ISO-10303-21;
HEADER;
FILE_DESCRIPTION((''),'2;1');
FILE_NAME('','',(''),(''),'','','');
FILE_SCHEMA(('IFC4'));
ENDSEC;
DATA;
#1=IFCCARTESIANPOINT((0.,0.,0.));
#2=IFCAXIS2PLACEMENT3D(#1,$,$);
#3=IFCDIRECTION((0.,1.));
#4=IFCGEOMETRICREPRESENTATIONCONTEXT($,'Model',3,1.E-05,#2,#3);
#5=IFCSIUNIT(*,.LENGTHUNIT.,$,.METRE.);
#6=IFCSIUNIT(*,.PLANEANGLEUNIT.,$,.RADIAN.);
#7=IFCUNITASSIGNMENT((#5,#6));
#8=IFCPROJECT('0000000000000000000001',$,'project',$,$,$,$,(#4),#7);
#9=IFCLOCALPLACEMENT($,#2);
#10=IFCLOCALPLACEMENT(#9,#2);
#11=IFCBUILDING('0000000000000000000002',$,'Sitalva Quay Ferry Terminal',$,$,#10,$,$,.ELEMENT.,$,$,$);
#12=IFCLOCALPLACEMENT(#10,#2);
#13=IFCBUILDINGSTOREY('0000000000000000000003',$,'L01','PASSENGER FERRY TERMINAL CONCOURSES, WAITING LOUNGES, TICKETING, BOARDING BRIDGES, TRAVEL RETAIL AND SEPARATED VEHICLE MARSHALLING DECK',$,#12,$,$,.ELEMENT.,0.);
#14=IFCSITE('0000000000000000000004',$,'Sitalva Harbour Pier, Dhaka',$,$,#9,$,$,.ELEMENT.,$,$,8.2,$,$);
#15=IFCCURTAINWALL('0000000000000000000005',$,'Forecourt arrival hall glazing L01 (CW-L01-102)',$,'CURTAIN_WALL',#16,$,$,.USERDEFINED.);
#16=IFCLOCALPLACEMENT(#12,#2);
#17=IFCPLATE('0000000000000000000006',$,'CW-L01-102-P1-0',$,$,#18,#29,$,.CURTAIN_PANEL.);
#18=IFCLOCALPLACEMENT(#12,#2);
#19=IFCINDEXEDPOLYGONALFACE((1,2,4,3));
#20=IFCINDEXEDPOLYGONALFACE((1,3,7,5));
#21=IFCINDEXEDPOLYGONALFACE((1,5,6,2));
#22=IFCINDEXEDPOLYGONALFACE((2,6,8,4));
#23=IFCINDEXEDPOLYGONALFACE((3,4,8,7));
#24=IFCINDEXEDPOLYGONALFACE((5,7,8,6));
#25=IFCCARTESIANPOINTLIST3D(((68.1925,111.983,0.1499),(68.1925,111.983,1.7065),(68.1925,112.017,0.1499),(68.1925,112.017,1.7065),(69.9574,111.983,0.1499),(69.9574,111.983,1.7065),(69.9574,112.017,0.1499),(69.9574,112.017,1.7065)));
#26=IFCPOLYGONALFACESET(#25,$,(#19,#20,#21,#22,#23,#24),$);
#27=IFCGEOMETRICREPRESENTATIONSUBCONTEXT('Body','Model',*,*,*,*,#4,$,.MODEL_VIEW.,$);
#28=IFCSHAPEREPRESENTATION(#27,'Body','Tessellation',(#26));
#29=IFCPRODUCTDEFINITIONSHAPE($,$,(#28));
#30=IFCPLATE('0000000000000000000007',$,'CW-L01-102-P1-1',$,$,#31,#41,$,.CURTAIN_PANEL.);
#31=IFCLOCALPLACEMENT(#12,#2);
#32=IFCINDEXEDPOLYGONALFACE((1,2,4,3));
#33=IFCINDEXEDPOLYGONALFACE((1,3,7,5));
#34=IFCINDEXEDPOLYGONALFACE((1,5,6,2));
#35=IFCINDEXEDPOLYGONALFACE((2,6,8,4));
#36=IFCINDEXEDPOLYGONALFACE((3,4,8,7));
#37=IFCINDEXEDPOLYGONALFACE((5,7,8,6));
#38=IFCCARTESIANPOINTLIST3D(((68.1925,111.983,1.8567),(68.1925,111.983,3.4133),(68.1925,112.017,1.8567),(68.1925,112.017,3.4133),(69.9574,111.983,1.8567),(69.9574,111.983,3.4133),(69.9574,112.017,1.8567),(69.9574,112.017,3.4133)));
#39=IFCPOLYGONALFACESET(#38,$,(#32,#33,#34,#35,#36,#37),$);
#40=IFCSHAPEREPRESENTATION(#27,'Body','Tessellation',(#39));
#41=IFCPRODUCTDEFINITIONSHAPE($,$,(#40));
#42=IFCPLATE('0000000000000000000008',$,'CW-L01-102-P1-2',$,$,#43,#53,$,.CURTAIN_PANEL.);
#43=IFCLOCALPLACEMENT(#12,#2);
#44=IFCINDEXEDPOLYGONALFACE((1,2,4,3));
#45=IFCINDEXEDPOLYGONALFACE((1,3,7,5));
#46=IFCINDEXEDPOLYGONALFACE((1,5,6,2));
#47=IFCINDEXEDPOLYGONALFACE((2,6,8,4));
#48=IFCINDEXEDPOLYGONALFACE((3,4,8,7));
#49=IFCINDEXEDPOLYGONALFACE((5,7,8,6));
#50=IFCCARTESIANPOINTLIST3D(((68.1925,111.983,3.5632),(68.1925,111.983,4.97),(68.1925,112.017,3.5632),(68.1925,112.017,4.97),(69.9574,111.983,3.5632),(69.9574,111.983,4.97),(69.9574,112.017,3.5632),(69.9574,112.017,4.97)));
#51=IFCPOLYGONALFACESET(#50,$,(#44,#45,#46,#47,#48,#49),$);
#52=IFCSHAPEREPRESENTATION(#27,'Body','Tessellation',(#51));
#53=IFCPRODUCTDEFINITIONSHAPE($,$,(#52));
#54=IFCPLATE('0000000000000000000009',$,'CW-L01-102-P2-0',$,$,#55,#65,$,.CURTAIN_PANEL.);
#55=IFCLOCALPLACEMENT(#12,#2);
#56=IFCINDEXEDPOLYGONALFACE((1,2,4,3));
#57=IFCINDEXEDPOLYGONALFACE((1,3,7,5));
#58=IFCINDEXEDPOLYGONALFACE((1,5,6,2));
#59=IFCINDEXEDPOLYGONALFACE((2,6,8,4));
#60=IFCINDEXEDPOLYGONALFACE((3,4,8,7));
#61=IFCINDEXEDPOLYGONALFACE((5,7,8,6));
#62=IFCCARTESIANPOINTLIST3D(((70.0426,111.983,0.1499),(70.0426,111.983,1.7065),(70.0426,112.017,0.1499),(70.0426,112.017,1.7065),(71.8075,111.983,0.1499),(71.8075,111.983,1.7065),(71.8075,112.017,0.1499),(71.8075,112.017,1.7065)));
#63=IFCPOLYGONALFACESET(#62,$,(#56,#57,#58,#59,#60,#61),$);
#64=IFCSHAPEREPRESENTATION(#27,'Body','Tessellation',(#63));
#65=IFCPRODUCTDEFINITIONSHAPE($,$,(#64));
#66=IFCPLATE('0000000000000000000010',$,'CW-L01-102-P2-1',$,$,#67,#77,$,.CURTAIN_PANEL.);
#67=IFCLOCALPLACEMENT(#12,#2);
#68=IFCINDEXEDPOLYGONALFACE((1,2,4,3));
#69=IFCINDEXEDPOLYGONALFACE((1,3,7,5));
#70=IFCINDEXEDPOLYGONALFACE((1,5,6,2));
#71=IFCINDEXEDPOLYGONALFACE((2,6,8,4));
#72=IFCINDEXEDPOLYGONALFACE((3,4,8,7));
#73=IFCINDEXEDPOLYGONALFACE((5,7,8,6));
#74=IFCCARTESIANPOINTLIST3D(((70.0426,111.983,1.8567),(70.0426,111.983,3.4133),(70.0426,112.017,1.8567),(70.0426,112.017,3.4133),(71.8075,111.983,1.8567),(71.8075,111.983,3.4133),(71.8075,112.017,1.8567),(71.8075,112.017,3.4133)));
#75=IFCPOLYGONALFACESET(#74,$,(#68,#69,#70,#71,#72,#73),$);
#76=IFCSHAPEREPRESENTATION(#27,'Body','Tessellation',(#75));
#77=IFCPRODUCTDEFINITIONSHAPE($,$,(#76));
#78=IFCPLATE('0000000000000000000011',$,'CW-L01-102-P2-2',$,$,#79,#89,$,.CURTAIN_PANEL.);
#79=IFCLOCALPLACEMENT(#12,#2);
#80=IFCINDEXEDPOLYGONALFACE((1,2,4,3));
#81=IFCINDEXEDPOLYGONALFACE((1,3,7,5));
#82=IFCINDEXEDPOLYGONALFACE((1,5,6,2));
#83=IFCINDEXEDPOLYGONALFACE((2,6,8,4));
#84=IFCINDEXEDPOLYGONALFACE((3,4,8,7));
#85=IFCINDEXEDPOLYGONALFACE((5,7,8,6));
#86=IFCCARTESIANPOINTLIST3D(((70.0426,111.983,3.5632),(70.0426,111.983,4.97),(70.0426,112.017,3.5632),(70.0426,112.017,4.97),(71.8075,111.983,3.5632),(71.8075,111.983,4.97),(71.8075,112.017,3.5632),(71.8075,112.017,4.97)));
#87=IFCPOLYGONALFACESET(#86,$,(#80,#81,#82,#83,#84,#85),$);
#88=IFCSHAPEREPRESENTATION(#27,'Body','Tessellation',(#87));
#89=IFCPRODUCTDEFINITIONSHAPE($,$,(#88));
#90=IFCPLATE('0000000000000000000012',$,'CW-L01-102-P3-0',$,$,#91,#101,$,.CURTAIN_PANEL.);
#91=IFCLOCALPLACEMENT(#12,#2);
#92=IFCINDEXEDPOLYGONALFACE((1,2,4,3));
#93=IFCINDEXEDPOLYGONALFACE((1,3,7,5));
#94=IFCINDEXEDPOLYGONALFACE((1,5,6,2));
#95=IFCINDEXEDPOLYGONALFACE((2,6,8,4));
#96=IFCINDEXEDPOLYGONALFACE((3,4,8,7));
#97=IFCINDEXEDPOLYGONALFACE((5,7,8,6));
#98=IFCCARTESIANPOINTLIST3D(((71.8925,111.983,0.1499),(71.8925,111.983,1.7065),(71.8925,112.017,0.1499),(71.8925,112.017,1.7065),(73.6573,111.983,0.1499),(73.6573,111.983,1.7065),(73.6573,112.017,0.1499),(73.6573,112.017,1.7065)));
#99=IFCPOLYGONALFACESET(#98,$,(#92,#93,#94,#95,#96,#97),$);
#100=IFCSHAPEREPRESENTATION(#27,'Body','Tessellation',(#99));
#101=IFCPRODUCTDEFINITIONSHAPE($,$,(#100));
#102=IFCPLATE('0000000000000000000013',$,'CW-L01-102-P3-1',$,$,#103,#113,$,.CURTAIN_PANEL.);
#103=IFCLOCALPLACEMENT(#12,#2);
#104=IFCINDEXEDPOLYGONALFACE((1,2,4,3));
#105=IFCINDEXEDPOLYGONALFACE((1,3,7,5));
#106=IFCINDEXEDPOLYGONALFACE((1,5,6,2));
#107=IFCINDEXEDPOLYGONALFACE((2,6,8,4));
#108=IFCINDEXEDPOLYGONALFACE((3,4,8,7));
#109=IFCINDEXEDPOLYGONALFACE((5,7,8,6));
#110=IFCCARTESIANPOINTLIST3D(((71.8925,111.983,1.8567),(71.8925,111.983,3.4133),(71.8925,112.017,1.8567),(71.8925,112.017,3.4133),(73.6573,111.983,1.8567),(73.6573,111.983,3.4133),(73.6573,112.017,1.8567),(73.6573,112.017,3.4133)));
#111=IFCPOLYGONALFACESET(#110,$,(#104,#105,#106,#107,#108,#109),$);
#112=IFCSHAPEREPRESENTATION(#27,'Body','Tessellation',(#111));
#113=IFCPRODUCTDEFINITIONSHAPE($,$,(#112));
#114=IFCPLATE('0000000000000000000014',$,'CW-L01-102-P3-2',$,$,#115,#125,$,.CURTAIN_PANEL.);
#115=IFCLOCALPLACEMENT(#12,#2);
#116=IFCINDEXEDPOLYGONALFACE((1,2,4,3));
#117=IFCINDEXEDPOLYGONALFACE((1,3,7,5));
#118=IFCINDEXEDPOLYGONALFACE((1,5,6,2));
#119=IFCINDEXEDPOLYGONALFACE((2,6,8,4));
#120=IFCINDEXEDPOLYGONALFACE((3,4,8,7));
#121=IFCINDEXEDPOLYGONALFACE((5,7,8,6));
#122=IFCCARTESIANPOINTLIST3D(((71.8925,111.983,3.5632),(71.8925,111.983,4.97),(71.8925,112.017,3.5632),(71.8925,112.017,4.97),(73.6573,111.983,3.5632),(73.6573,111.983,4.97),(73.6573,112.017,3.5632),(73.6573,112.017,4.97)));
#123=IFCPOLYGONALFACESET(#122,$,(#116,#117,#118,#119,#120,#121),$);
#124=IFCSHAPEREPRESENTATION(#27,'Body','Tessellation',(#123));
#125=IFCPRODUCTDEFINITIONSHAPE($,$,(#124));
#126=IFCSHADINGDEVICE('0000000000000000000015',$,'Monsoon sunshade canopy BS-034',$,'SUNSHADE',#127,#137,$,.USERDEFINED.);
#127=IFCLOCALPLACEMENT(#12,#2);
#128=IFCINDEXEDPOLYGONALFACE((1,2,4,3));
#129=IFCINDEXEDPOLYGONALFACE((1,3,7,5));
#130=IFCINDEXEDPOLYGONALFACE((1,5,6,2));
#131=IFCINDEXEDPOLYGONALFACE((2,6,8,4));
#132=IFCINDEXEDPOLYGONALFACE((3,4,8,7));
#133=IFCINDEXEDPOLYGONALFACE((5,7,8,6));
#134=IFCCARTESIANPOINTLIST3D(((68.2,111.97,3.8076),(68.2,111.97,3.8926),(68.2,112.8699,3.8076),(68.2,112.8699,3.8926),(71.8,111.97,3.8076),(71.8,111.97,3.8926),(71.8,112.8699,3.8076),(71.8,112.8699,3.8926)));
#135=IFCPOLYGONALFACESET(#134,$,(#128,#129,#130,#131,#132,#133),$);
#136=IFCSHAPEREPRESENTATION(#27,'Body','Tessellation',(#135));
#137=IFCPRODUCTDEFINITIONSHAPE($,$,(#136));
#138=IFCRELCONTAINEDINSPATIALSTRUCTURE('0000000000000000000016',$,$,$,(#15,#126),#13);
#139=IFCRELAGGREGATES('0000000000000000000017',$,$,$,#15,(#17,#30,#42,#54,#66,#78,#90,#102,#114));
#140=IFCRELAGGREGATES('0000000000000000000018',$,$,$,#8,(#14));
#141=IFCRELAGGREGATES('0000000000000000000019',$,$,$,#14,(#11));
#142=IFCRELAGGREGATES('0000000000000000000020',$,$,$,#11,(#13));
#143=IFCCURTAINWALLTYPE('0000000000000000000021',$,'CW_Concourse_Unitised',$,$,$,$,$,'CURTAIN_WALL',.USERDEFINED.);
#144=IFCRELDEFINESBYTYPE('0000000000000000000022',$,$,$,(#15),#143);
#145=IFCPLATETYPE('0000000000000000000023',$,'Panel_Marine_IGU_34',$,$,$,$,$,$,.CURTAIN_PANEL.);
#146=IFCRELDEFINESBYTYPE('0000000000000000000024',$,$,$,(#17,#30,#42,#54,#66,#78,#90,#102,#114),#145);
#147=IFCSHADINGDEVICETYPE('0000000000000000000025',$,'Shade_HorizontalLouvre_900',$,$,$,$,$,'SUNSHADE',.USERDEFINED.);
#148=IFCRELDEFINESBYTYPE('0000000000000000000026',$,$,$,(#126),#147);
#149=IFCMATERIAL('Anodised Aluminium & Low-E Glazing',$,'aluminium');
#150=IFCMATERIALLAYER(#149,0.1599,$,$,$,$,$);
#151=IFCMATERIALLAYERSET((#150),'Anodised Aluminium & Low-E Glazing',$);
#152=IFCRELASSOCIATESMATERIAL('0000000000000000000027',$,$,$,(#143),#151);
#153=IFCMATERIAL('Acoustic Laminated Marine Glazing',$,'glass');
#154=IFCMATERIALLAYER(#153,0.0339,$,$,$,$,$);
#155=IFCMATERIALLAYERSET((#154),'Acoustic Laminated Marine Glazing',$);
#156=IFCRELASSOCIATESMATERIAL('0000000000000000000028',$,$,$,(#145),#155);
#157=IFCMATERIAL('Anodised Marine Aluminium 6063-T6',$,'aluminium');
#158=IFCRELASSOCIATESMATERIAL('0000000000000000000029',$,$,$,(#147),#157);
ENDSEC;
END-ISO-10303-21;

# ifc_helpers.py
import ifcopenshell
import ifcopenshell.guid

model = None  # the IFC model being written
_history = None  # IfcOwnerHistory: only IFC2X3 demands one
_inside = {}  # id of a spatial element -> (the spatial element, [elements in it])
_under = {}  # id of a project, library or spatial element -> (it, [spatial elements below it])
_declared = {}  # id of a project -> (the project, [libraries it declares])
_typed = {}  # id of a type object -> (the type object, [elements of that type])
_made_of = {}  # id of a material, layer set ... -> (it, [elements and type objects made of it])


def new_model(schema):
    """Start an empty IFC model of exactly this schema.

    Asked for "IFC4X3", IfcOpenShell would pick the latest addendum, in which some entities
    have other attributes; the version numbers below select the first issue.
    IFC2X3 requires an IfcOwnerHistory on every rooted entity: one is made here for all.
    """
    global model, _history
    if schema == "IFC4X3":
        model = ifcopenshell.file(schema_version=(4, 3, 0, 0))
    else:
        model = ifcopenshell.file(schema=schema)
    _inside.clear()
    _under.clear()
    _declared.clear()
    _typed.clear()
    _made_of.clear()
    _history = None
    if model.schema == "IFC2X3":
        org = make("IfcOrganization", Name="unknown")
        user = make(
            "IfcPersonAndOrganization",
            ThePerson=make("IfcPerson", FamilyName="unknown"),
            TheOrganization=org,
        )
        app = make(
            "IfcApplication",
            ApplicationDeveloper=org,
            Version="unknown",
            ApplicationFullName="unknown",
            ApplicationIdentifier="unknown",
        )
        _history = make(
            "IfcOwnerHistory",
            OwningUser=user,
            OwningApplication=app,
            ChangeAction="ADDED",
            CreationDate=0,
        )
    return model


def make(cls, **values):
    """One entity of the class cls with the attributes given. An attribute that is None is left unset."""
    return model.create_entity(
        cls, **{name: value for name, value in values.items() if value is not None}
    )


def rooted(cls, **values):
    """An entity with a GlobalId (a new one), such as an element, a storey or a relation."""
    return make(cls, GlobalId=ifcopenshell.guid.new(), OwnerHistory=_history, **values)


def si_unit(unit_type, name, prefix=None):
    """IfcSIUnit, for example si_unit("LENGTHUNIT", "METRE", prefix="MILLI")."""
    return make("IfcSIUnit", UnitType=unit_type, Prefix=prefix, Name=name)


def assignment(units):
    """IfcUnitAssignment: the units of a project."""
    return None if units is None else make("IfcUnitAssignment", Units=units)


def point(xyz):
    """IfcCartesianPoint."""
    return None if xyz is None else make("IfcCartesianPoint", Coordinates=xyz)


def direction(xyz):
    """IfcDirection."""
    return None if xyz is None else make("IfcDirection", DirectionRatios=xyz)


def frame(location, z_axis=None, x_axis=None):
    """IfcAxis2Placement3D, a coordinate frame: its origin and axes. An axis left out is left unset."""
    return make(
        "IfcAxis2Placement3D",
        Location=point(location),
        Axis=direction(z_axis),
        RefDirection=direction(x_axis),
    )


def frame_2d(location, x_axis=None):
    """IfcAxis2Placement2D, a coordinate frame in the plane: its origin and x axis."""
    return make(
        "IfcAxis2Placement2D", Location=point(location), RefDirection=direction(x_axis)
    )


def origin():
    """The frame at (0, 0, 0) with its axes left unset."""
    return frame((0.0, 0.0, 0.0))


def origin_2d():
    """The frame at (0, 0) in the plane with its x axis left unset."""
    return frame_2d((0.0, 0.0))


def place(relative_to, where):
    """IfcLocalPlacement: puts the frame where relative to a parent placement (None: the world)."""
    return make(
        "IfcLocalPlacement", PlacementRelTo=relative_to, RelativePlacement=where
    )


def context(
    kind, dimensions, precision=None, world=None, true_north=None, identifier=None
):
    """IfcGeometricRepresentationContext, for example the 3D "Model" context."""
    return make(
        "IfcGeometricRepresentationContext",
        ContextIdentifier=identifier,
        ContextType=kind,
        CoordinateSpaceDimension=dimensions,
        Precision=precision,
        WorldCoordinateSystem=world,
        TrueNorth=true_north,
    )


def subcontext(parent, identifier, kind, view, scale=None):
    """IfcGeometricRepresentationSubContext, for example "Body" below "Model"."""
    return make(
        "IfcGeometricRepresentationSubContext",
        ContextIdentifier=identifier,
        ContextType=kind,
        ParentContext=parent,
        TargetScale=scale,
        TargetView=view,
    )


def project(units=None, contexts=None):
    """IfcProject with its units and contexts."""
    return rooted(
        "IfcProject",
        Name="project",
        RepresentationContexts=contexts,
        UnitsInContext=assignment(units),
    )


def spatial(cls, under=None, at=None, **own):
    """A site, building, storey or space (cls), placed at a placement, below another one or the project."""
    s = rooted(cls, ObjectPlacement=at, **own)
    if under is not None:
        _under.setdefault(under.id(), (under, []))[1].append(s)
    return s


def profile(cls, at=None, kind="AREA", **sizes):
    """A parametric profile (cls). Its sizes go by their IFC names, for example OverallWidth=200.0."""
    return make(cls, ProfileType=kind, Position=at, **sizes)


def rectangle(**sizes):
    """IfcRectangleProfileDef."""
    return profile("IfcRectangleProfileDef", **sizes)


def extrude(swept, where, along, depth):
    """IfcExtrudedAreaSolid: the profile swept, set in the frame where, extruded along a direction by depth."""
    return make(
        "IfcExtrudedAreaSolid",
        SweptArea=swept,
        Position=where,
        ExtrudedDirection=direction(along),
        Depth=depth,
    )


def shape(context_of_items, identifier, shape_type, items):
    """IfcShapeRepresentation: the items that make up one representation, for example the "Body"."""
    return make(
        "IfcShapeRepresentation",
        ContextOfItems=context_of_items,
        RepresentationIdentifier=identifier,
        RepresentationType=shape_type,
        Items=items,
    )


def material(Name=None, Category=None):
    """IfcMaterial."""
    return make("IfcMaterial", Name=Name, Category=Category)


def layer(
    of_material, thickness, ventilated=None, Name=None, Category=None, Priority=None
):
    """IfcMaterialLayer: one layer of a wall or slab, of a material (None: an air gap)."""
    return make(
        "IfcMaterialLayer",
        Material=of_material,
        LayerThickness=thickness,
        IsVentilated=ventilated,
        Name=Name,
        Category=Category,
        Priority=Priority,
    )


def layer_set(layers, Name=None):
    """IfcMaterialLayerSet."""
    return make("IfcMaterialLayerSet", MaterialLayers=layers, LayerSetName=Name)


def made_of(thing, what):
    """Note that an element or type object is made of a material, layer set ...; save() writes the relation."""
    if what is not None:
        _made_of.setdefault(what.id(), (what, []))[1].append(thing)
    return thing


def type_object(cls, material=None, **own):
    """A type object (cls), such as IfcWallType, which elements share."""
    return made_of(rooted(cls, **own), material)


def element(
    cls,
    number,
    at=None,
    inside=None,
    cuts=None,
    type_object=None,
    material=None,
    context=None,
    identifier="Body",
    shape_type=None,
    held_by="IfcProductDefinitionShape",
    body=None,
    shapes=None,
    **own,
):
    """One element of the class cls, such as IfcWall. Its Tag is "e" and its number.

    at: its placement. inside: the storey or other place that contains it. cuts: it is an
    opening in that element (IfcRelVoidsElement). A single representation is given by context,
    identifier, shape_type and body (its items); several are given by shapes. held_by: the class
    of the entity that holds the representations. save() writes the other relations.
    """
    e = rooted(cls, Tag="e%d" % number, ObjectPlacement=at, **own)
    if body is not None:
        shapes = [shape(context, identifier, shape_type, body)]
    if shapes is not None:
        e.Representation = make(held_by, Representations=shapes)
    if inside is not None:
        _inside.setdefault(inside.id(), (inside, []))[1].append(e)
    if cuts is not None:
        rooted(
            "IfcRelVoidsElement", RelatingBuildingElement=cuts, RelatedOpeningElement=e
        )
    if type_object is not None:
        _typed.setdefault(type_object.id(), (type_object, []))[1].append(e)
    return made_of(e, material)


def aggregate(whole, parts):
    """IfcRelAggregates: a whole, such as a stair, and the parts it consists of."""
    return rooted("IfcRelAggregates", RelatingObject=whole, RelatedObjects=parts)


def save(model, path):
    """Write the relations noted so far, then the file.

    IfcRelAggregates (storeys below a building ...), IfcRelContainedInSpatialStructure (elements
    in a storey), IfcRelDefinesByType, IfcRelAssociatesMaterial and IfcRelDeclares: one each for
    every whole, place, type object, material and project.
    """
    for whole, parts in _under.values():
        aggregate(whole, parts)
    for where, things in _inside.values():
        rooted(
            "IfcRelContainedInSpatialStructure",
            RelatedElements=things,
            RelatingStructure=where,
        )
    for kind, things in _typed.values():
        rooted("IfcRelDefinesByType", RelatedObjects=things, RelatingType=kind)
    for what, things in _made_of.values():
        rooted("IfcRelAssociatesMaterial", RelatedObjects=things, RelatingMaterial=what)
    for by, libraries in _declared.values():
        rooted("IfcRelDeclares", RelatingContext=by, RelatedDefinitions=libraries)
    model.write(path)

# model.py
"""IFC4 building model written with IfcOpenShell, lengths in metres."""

from ifc_helpers import new_model, si_unit, direction, frame, origin, origin_2d, place, context, subcontext, project, spatial, rectangle, extrude, material, layer, layer_set, type_object, element, aggregate, save


model = new_model("IFC4")

# Units and contexts
model_context = context("Model", 3, precision=1e-05, world=origin(), true_north=direction((0.0, 1.0)))
body_context = subcontext(model_context, "Body", "Model", "MODEL_VIEW")
ifc_project = project(units=[si_unit("LENGTHUNIT", "METRE"), si_unit("PLANEANGLEUNIT", "RADIAN")], contexts=[model_context])

# Site, building, storey
site_placement = place(None, origin())
site = spatial("IfcSite", under=ifc_project, at=site_placement, Name="Sitalva Harbour Pier, Dhaka", CompositionType="ELEMENT", RefElevation=8.2)
building_placement = place(site_placement, origin())
building = spatial("IfcBuilding", under=site, at=building_placement, Name="Sitalva Quay Ferry Terminal", CompositionType="ELEMENT")
storey_placement = place(building_placement, origin())
storey = spatial("IfcBuildingStorey", under=building, at=storey_placement, Name="L01", Description="PASSENGER FERRY TERMINAL CONCOURSES, WAITING LOUNGES, TICKETING, BOARDING BRIDGES, TRAVEL RETAIL AND SEPARATED VEHICLE MARSHALLING DECK", CompositionType="ELEMENT", Elevation=0.0)

# Curtain wall, plates
ifc_material_1 = material(Name="Anodised Aluminium & Low-E Glazing", Category="aluminium")
ifc_layer_1 = layer(ifc_material_1, 0.1599)
ifc_layer_set_1 = layer_set([ifc_layer_1], Name="Anodised Aluminium & Low-E Glazing")
curtain_wall_type = type_object("IfcCurtainWallType", Name="CW_Concourse_Unitised", ElementType="CURTAIN_WALL", PredefinedType="USERDEFINED", material=ifc_layer_set_1)
curtain_wall_placement = place(storey_placement, origin())
curtain_wall = element("IfcCurtainWall", 1, at=curtain_wall_placement, inside=storey, type_object=curtain_wall_type, Name="Forecourt arrival hall glazing L01 (CW-L01-102)", ObjectType="CURTAIN_WALL", PredefinedType="USERDEFINED")
ifc_material_2 = material(Name="Acoustic Laminated Marine Glazing", Category="glass")
ifc_layer_2 = layer(ifc_material_2, 0.0339)
ifc_layer_set_2 = layer_set([ifc_layer_2], Name="Acoustic Laminated Marine Glazing")
plate_type = type_object("IfcPlateType", Name="Panel_Marine_IGU_34", PredefinedType="CURTAIN_PANEL", material=ifc_layer_set_2)
plate_1_placement = place(storey_placement, frame((69.075, 112.0, 0.1499), z_axis=(0.0, 0.0, 1.0), x_axis=(1.0, 0.0, 0.0)))
plate_1 = element("IfcPlate", 2, at=plate_1_placement, type_object=plate_type, Name="CW-L01-102-P1-0", PredefinedType="CURTAIN_PANEL", context=body_context, shape_type="SweptSolid", body=[
    extrude(rectangle(XDim=1.7649, YDim=0.0339, at=origin_2d()), origin(), (0.0, 0.0, 1.0), 1.5566),
])
plate_2_placement = place(storey_placement, frame((69.075, 112.0, 1.8567), z_axis=(0.0, 0.0, 1.0), x_axis=(1.0, 0.0, 0.0)))
plate_2 = element("IfcPlate", 3, at=plate_2_placement, type_object=plate_type, Name="CW-L01-102-P1-1", PredefinedType="CURTAIN_PANEL", context=body_context, shape_type="SweptSolid", body=[
    extrude(rectangle(XDim=1.7649, YDim=0.0339, at=origin_2d()), origin(), (0.0, 0.0, 1.0), 1.5566),
])
plate_3_placement = place(storey_placement, frame((69.075, 112.0, 3.5632), z_axis=(0.0, 0.0, 1.0), x_axis=(1.0, 0.0, 0.0)))
plate_3 = element("IfcPlate", 4, at=plate_3_placement, type_object=plate_type, Name="CW-L01-102-P1-2", PredefinedType="CURTAIN_PANEL", context=body_context, shape_type="SweptSolid", body=[
    extrude(rectangle(XDim=1.7649, YDim=0.0339, at=origin_2d()), origin(), (0.0, 0.0, 1.0), 1.4067),
])
plate_4_placement = place(storey_placement, frame((70.925, 112.0, 0.1499), z_axis=(0.0, 0.0, 1.0), x_axis=(1.0, 0.0, 0.0)))
plate_4 = element("IfcPlate", 5, at=plate_4_placement, type_object=plate_type, Name="CW-L01-102-P2-0", PredefinedType="CURTAIN_PANEL", context=body_context, shape_type="SweptSolid", body=[
    extrude(rectangle(XDim=1.7649, YDim=0.0339, at=origin_2d()), origin(), (0.0, 0.0, 1.0), 1.5566),
])
plate_5_placement = place(storey_placement, frame((70.925, 112.0, 1.8567), z_axis=(0.0, 0.0, 1.0), x_axis=(1.0, 0.0, 0.0)))
plate_5 = element("IfcPlate", 6, at=plate_5_placement, type_object=plate_type, Name="CW-L01-102-P2-1", PredefinedType="CURTAIN_PANEL", context=body_context, shape_type="SweptSolid", body=[
    extrude(rectangle(XDim=1.7649, YDim=0.0339, at=origin_2d()), origin(), (0.0, 0.0, 1.0), 1.5566),
])
plate_6_placement = place(storey_placement, frame((70.925, 112.0, 3.5632), z_axis=(0.0, 0.0, 1.0), x_axis=(1.0, 0.0, 0.0)))
plate_6 = element("IfcPlate", 7, at=plate_6_placement, type_object=plate_type, Name="CW-L01-102-P2-2", PredefinedType="CURTAIN_PANEL", context=body_context, shape_type="SweptSolid", body=[
    extrude(rectangle(XDim=1.7649, YDim=0.0339, at=origin_2d()), origin(), (0.0, 0.0, 1.0), 1.4067),
])
plate_7_placement = place(storey_placement, frame((72.7749, 112.0, 0.1499), z_axis=(0.0, 0.0, 1.0), x_axis=(1.0, 0.0, 0.0)))
plate_7 = element("IfcPlate", 8, at=plate_7_placement, type_object=plate_type, Name="CW-L01-102-P3-0", PredefinedType="CURTAIN_PANEL", context=body_context, shape_type="SweptSolid", body=[
    extrude(rectangle(XDim=1.7649, YDim=0.0339, at=origin_2d()), origin(), (0.0, 0.0, 1.0), 1.5566),
])
plate_8_placement = place(storey_placement, frame((72.7749, 112.0, 1.8567), z_axis=(0.0, 0.0, 1.0), x_axis=(1.0, 0.0, 0.0)))
plate_8 = element("IfcPlate", 9, at=plate_8_placement, type_object=plate_type, Name="CW-L01-102-P3-1", PredefinedType="CURTAIN_PANEL", context=body_context, shape_type="SweptSolid", body=[
    extrude(rectangle(XDim=1.7649, YDim=0.0339, at=origin_2d()), origin(), (0.0, 0.0, 1.0), 1.5566),
])
plate_9_placement = place(storey_placement, frame((72.7749, 112.0, 3.5632), z_axis=(0.0, 0.0, 1.0), x_axis=(1.0, 0.0, 0.0)))
plate_9 = element("IfcPlate", 10, at=plate_9_placement, type_object=plate_type, Name="CW-L01-102-P3-2", PredefinedType="CURTAIN_PANEL", context=body_context, shape_type="SweptSolid", body=[
    extrude(rectangle(XDim=1.7649, YDim=0.0339, at=origin_2d()), origin(), (0.0, 0.0, 1.0), 1.4067),
])
aggregate(curtain_wall, [plate_1, plate_2, plate_3, plate_4, plate_5, plate_6, plate_7, plate_8, plate_9])

# Shading device
ifc_material_3 = material(Name="Anodised Marine Aluminium 6063-T6", Category="aluminium")
shading_device_type = type_object("IfcShadingDeviceType", Name="Shade_HorizontalLouvre_900", ElementType="SUNSHADE", PredefinedType="USERDEFINED", material=ifc_material_3)
shading_device_placement = place(storey_placement, frame((70.0, 112.4199, 3.8076), z_axis=(0.0, 0.0, 1.0), x_axis=(1.0, 0.0, 0.0)))
element("IfcShadingDevice", 11, at=shading_device_placement, inside=storey, type_object=shading_device_type, Name="Monsoon sunshade canopy BS-034", ObjectType="SUNSHADE", PredefinedType="USERDEFINED", context=body_context, shape_type="SweptSolid", body=[
    extrude(rectangle(XDim=3.6001, YDim=0.8999, at=origin_2d()), origin(), (0.0, 0.0, 1.0), 0.085),
])

save(model, "model.ifc")
